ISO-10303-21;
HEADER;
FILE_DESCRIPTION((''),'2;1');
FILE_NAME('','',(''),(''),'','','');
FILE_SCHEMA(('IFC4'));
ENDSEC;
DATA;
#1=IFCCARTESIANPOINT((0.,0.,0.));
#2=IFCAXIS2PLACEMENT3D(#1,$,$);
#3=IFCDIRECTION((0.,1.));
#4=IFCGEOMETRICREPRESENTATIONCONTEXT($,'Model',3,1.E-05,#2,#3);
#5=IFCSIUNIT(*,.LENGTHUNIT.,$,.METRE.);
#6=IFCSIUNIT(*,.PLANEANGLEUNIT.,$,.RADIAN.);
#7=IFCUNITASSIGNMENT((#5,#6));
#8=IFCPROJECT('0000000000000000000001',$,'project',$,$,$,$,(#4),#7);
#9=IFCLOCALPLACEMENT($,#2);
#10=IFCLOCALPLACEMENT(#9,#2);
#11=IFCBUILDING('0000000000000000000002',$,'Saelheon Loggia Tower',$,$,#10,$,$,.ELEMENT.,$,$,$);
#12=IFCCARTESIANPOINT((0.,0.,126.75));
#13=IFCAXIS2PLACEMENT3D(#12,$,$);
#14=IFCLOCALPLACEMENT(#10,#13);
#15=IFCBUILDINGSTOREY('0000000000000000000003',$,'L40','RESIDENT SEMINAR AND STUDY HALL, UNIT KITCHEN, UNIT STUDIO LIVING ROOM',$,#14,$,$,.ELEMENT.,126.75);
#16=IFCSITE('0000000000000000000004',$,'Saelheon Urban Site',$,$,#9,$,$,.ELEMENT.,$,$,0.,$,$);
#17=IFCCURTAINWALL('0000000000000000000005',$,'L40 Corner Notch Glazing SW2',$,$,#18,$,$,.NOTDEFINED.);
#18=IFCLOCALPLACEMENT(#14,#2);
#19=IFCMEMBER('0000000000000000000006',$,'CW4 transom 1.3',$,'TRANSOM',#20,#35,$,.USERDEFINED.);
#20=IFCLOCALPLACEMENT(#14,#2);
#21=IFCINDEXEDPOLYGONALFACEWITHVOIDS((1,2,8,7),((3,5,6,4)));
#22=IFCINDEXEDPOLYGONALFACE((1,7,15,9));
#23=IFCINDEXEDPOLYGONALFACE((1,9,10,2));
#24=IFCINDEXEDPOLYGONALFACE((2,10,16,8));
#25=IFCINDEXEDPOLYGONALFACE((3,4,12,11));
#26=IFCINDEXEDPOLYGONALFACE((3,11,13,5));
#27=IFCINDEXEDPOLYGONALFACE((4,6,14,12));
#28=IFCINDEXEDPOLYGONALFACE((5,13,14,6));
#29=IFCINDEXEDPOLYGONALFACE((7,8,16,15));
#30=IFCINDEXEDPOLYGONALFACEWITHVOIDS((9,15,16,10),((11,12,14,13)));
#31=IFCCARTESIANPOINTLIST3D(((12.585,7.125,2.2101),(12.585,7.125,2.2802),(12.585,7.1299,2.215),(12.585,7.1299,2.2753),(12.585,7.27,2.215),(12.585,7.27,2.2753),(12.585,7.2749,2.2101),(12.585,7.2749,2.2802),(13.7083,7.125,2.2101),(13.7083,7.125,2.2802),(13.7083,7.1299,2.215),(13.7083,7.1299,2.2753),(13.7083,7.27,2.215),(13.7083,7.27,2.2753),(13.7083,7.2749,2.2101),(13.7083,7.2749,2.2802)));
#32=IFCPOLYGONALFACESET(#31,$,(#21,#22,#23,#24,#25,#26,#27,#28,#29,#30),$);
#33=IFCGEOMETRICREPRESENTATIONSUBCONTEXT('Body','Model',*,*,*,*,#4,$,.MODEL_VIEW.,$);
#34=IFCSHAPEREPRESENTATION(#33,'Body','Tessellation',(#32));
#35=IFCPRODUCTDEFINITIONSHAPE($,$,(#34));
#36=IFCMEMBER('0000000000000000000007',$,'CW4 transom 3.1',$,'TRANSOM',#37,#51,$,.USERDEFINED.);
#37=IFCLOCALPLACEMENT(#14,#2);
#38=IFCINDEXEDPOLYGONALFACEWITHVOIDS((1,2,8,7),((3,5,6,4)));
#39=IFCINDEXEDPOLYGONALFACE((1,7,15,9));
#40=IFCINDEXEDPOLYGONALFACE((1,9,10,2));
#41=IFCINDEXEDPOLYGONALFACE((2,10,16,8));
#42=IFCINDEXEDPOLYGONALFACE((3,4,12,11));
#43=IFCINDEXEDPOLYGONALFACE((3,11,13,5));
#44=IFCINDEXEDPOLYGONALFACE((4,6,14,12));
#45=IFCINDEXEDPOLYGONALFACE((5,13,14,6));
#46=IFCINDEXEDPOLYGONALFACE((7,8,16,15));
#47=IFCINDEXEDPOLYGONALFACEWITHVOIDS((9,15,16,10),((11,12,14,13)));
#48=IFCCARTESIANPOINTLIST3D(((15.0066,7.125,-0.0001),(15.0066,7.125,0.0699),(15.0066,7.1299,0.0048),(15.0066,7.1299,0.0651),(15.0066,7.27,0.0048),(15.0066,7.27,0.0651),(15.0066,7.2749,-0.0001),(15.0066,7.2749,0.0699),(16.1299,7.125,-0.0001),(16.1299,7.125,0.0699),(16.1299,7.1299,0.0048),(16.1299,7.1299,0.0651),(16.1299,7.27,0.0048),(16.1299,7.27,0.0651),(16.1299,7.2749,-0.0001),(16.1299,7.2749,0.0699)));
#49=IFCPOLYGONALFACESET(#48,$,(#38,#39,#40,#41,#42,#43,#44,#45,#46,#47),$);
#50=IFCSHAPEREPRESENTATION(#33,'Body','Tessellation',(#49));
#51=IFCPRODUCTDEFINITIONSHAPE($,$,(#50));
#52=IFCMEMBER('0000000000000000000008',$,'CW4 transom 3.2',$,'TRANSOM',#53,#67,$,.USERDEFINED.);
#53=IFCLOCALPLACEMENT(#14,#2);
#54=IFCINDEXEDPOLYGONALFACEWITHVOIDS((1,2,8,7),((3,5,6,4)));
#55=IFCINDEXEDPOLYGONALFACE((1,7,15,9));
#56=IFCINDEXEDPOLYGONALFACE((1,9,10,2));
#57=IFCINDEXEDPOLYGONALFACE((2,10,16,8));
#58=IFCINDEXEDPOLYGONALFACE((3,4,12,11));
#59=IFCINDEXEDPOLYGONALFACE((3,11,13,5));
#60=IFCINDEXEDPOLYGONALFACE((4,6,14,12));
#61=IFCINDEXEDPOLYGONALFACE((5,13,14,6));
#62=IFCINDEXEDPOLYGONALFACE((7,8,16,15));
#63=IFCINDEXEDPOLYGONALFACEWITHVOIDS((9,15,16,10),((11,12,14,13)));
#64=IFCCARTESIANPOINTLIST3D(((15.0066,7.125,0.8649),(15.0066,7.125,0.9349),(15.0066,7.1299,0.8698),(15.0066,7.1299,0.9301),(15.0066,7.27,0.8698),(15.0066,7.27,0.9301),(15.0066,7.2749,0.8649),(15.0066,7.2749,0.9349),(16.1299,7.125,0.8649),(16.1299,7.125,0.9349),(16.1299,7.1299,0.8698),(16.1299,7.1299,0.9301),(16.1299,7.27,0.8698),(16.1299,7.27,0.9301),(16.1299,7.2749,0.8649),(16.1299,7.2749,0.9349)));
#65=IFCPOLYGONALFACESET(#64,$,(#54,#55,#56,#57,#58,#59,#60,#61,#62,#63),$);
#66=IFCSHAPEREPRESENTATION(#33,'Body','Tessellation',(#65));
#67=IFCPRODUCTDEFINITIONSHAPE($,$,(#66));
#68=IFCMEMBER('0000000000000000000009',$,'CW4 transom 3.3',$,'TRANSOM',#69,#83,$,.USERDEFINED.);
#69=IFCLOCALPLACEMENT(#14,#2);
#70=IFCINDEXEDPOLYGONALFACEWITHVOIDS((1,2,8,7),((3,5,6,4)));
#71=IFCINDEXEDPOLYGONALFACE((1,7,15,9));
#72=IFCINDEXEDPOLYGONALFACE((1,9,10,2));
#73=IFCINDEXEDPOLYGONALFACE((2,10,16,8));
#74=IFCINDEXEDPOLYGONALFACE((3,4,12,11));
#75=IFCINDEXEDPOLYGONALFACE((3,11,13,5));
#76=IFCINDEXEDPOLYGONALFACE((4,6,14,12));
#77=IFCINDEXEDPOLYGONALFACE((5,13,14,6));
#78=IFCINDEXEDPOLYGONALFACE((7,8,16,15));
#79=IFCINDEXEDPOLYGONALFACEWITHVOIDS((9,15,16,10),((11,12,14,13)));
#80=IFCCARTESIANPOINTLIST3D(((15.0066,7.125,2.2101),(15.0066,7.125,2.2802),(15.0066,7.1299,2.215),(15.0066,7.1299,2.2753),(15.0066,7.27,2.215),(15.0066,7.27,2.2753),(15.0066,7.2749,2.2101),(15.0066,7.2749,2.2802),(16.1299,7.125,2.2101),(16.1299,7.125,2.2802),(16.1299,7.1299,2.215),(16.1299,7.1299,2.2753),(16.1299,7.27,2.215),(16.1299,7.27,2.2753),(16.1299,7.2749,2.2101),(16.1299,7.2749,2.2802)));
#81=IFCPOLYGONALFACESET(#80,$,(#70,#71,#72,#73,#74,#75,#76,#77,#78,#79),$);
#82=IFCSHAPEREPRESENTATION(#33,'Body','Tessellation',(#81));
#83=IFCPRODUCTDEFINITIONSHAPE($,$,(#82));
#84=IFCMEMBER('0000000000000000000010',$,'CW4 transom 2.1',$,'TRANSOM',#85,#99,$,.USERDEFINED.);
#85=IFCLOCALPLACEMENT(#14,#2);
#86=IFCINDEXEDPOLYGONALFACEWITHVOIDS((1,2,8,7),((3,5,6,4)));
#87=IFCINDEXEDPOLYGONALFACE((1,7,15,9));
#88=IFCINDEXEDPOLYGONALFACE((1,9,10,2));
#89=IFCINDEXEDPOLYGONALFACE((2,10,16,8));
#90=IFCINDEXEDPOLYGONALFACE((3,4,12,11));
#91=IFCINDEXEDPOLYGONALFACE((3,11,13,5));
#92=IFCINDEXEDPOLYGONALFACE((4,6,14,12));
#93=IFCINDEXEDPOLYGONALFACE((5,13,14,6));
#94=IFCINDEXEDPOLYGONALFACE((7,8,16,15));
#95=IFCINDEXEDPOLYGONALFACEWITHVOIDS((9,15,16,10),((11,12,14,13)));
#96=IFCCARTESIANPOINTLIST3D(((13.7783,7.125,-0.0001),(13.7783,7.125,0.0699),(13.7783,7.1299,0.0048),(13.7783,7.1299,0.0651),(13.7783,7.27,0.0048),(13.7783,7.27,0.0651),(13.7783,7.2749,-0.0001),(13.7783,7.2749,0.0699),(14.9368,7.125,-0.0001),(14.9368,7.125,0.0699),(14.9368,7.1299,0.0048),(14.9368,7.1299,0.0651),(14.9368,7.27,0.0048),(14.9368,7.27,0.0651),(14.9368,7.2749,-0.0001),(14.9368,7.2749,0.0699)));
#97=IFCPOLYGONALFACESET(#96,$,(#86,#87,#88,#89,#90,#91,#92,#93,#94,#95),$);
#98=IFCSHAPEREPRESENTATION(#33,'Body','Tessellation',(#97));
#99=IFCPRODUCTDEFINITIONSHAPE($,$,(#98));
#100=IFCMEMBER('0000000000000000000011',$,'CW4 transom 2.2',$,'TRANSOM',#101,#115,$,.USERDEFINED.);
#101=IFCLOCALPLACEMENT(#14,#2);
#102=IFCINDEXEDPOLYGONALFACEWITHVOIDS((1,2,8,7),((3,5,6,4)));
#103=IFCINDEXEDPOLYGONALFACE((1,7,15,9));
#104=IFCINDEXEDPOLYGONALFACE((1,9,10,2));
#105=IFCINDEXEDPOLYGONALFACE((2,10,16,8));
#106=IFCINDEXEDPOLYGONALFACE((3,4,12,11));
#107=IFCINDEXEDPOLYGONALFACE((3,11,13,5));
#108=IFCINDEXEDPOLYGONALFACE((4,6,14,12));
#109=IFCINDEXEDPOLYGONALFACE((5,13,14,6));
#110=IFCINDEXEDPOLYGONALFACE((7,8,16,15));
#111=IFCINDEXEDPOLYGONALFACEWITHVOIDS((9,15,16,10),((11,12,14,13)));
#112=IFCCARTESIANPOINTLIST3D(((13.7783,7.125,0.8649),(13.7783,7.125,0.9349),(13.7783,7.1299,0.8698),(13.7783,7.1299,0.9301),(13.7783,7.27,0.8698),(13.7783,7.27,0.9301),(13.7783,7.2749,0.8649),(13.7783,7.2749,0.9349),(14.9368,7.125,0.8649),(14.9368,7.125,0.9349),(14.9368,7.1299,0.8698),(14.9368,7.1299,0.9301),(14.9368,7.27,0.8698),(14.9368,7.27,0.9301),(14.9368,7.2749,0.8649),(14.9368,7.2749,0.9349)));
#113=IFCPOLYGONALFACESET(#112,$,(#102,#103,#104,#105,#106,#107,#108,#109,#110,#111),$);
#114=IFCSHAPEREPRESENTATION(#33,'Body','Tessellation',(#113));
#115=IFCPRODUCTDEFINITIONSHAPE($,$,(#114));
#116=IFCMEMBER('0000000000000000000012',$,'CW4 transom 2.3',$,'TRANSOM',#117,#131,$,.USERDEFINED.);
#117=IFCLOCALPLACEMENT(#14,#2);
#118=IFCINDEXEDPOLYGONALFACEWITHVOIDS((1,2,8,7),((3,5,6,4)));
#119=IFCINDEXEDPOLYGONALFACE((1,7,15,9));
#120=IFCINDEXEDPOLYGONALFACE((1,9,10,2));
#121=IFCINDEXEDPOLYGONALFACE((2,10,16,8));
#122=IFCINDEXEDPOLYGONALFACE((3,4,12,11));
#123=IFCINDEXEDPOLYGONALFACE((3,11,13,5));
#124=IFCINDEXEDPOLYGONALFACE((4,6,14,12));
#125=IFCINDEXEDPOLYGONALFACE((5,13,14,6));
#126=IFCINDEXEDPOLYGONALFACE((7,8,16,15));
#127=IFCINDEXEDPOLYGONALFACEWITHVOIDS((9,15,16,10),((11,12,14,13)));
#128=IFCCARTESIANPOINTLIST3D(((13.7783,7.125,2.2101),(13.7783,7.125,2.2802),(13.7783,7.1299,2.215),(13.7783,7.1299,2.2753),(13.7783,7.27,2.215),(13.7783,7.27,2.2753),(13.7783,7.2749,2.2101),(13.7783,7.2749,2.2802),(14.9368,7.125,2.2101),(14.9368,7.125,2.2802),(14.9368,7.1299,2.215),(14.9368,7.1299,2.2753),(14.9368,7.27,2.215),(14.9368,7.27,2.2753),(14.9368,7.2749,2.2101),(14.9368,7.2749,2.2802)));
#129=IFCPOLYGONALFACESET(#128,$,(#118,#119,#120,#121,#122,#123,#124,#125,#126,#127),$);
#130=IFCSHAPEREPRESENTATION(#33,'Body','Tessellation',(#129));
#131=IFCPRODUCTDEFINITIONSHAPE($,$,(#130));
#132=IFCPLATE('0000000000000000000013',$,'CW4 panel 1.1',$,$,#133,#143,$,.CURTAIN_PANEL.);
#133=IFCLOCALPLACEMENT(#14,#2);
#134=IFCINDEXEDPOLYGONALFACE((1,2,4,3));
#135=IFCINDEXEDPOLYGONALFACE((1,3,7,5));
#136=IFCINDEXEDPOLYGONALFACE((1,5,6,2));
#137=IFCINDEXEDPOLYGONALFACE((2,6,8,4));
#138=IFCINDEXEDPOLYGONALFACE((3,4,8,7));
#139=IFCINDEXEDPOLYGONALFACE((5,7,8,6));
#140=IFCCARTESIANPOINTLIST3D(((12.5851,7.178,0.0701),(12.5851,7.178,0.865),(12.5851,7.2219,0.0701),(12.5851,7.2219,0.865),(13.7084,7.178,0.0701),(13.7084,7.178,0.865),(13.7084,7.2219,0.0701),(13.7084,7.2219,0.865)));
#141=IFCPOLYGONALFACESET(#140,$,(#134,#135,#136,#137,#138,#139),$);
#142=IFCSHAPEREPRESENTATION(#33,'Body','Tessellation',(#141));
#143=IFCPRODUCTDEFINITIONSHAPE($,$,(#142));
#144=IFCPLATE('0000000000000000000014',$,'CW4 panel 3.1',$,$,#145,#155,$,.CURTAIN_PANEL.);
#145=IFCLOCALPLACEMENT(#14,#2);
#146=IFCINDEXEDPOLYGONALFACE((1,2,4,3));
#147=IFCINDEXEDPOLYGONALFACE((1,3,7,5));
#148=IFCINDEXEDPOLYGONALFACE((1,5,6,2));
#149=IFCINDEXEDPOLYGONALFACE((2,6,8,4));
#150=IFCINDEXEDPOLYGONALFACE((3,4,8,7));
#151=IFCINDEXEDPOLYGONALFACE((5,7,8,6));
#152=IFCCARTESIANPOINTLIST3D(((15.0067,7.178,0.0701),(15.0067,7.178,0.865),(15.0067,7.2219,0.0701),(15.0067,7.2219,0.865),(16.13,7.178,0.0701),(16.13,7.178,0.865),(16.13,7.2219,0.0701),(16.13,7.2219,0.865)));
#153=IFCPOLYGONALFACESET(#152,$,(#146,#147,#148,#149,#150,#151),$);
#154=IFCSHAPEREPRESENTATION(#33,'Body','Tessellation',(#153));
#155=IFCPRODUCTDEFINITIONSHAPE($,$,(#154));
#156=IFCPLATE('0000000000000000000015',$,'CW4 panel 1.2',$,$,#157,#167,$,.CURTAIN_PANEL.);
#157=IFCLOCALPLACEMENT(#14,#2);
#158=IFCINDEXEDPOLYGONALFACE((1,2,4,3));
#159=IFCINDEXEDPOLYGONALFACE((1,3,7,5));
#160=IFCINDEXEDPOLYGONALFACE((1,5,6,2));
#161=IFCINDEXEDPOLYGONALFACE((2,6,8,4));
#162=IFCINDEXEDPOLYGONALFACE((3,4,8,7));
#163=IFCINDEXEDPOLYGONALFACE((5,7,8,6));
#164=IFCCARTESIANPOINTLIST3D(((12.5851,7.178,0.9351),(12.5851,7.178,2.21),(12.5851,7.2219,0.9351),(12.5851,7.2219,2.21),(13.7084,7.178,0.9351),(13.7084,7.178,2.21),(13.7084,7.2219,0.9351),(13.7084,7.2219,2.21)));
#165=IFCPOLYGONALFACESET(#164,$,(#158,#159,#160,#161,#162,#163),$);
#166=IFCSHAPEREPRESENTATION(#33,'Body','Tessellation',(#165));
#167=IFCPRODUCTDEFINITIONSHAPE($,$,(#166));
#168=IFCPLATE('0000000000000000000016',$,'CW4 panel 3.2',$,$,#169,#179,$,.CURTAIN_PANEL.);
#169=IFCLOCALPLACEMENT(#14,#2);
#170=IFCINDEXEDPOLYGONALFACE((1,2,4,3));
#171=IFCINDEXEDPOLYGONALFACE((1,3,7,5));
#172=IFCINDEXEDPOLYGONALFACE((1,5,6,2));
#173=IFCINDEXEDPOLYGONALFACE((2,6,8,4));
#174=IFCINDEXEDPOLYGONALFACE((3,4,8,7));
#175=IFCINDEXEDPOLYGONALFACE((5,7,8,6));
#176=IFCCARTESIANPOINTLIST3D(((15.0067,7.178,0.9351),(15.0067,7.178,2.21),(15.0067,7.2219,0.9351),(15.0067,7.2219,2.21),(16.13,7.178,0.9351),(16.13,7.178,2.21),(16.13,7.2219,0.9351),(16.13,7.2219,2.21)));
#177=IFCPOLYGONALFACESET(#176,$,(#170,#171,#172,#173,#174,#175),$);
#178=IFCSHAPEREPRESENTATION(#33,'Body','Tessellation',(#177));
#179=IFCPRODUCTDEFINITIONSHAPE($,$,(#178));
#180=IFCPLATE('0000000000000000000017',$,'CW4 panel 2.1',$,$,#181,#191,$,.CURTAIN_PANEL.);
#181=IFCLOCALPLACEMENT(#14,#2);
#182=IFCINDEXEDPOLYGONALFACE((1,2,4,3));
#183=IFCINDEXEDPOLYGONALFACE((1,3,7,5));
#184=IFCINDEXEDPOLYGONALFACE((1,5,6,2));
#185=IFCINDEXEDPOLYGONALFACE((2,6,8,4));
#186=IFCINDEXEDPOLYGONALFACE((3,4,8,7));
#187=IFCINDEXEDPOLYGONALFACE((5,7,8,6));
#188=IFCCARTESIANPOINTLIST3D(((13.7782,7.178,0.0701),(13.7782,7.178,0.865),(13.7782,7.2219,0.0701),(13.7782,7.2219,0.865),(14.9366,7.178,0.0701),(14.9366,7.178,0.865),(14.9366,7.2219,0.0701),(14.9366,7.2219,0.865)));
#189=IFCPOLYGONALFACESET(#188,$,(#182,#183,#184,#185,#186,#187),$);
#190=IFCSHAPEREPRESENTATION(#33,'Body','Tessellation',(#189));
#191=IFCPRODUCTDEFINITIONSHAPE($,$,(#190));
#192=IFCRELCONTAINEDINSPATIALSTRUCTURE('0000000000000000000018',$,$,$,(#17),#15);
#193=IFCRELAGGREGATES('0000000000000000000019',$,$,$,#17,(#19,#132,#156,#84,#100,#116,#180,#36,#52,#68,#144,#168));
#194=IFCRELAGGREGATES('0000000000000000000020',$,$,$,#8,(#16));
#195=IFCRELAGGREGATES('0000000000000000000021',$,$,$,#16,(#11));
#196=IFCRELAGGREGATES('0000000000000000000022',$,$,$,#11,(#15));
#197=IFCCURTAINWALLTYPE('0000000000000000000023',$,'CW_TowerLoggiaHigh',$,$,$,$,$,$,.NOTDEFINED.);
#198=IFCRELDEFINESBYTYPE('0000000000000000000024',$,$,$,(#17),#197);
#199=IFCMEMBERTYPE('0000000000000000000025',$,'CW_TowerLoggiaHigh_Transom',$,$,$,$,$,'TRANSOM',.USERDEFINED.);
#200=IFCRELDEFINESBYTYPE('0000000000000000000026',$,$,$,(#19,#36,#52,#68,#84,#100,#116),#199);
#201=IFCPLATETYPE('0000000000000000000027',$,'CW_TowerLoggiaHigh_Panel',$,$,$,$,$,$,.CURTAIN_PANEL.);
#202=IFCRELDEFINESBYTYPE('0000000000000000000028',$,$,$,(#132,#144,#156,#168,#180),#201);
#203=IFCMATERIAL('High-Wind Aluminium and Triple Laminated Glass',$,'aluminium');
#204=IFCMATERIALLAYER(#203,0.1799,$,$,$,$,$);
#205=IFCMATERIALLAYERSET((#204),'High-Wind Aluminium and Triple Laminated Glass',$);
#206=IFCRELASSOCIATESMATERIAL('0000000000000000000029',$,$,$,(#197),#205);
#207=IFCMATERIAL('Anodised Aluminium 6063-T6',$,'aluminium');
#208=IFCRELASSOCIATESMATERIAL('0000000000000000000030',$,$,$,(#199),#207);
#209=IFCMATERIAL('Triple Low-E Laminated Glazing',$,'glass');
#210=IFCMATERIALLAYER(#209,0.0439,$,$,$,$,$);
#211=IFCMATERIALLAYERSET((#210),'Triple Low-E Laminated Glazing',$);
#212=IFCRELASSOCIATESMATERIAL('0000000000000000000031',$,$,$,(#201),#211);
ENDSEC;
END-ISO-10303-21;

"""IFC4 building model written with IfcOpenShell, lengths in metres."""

from ifc_helpers import new_model, si_unit, direction, frame, origin, origin_2d, place, context, subcontext, project, spatial, rectangle, hollow_rectangle, extrude, source, transform, mapped, material, layer, layer_set, material_profile, profile_set, type_object, element, aggregate, save


model = new_model("IFC4")

# Units and contexts
model_context = context("Model", 3, precision=1e-05, world=origin(), true_north=direction((0.0, 1.0)))
body_context = subcontext(model_context, "Body", "Model", "MODEL_VIEW")
ifc_project = project(units=[si_unit("LENGTHUNIT", "METRE"), si_unit("PLANEANGLEUNIT", "RADIAN")], contexts=[model_context])

# Site, building, storey
site_placement = place(None, origin())
site = spatial("IfcSite", under=ifc_project, at=site_placement, Name="Saelheon Urban Site", CompositionType="ELEMENT", RefElevation=0.0)
building_placement = place(site_placement, origin())
building = spatial("IfcBuilding", under=site, at=building_placement, Name="Saelheon Loggia Tower", CompositionType="ELEMENT")
storey_placement = place(building_placement, frame((0.0, 0.0, 126.75)))
storey = spatial("IfcBuildingStorey", under=building, at=storey_placement, Name="L40", Description="RESIDENT SEMINAR AND STUDY HALL, UNIT KITCHEN, UNIT STUDIO LIVING ROOM", CompositionType="ELEMENT", Elevation=126.75)

# Curtain wall, members, plates
ifc_material_1 = material(Name="High-Wind Aluminium and Triple Laminated Glass", Category="aluminium")
ifc_layer_1 = layer(ifc_material_1, 0.1799)
ifc_layer_set_1 = layer_set([ifc_layer_1], Name="High-Wind Aluminium and Triple Laminated Glass")
curtain_wall_type = type_object("IfcCurtainWallType", Name="CW_TowerLoggiaHigh", PredefinedType="NOTDEFINED", material=ifc_layer_set_1)
curtain_wall_placement = place(storey_placement, origin())
curtain_wall = element("IfcCurtainWall", 1, at=curtain_wall_placement, inside=storey, type_object=curtain_wall_type, Name="L40 Corner Notch Glazing SW2", PredefinedType="NOTDEFINED")
ifc_material_2 = material(Name="Anodised Aluminium 6063-T6", Category="aluminium")
ifc_material_profile_1 = material_profile(ifc_material_2, hollow_rectangle(XDim=0.0701, YDim=0.1499, WallThickness=0.0049, at=origin_2d()), Name="RHS-150x70x5")
ifc_profile_set_1 = profile_set([ifc_material_profile_1], Name="Anodised Aluminium 6063-T6")
member_type_1 = type_object("IfcMemberType", Name="CW_TowerLoggiaHigh_Transom", ElementType="TRANSOM", PredefinedType="USERDEFINED", material=ifc_profile_set_1)
shared_shape_1 = source(origin(), body_context, "Body", "SweptSolid", [
    extrude(hollow_rectangle(XDim=0.0701, YDim=0.1499, WallThickness=0.0049, at=origin_2d()), origin(), (0.0, 0.0, 1.0), 1.1233),
])
member_1_placement = place(storey_placement, frame((12.585, 7.2, 2.2451), z_axis=(1.0, 0.0, 0.0), x_axis=(0.0, 0.0, 1.0)))
member_1 = element("IfcMember", 2, at=member_1_placement, type_object=member_type_1, Name="CW4 transom 1.3", ObjectType="TRANSOM", PredefinedType="USERDEFINED", context=body_context, shape_type="MappedRepresentation", body=[
    mapped(shared_shape_1, transform((0.0, 0.0, 0.0), scale=1.0)),
])
member_2_placement = place(storey_placement, frame((15.0066, 7.2, 0.0349), z_axis=(1.0, 0.0, 0.0), x_axis=(0.0, 0.0, 1.0)))
member_2 = element("IfcMember", 3, at=member_2_placement, type_object=member_type_1, Name="CW4 transom 3.1", ObjectType="TRANSOM", PredefinedType="USERDEFINED", context=body_context, shape_type="MappedRepresentation", body=[
    mapped(shared_shape_1, transform((0.0, 0.0, 0.0), scale=1.0)),
])
member_3_placement = place(storey_placement, frame((15.0066, 7.2, 0.8999), z_axis=(1.0, 0.0, 0.0), x_axis=(0.0, 0.0, 1.0)))
member_3 = element("IfcMember", 4, at=member_3_placement, type_object=member_type_1, Name="CW4 transom 3.2", ObjectType="TRANSOM", PredefinedType="USERDEFINED", context=body_context, shape_type="MappedRepresentation", body=[
    mapped(shared_shape_1, transform((0.0, 0.0, 0.0), scale=1.0)),
])
member_4_placement = place(storey_placement, frame((15.0066, 7.2, 2.2451), z_axis=(1.0, 0.0, 0.0), x_axis=(0.0, 0.0, 1.0)))
member_4 = element("IfcMember", 5, at=member_4_placement, type_object=member_type_1, Name="CW4 transom 3.3", ObjectType="TRANSOM", PredefinedType="USERDEFINED", context=body_context, shape_type="MappedRepresentation", body=[
    mapped(shared_shape_1, transform((0.0, 0.0, 0.0), scale=1.0)),
])
shared_shape_2 = source(origin(), body_context, "Body", "SweptSolid", [
    extrude(hollow_rectangle(XDim=0.0701, YDim=0.1499, WallThickness=0.0049, at=origin_2d()), origin(), (0.0, 0.0, 1.0), 1.1584),
])
member_5_placement = place(storey_placement, frame((13.7783, 7.2, 0.0349), z_axis=(1.0, 0.0, 0.0), x_axis=(0.0, 0.0, 1.0)))
member_5 = element("IfcMember", 6, at=member_5_placement, type_object=member_type_1, Name="CW4 transom 2.1", ObjectType="TRANSOM", PredefinedType="USERDEFINED", context=body_context, shape_type="MappedRepresentation", body=[
    mapped(shared_shape_2, transform((0.0, 0.0, 0.0), scale=1.0)),
])
member_6_placement = place(storey_placement, frame((13.7783, 7.2, 0.8999), z_axis=(1.0, 0.0, 0.0), x_axis=(0.0, 0.0, 1.0)))
member_6 = element("IfcMember", 7, at=member_6_placement, type_object=member_type_1, Name="CW4 transom 2.2", ObjectType="TRANSOM", PredefinedType="USERDEFINED", context=body_context, shape_type="MappedRepresentation", body=[
    mapped(shared_shape_2, transform((0.0, 0.0, 0.0), scale=1.0)),
])
member_7_placement = place(storey_placement, frame((13.7783, 7.2, 2.2451), z_axis=(1.0, 0.0, 0.0), x_axis=(0.0, 0.0, 1.0)))
member_7 = element("IfcMember", 8, at=member_7_placement, type_object=member_type_1, Name="CW4 transom 2.3", ObjectType="TRANSOM", PredefinedType="USERDEFINED", context=body_context, shape_type="MappedRepresentation", body=[
    mapped(shared_shape_2, transform((0.0, 0.0, 0.0), scale=1.0)),
])
ifc_material_3 = material(Name="Triple Low-E Laminated Glazing", Category="glass")
ifc_layer_2 = layer(ifc_material_3, 0.0439)
ifc_layer_set_2 = layer_set([ifc_layer_2], Name="Triple Low-E Laminated Glazing")
plate_type = type_object("IfcPlateType", Name="CW_TowerLoggiaHigh_Panel", PredefinedType="CURTAIN_PANEL", material=ifc_layer_set_2)
shared_shape_3 = source(origin(), body_context, "Body", "SweptSolid", [
    extrude(rectangle(XDim=1.1233, YDim=0.0439, at=origin_2d()), origin(), (0.0, 0.0, 1.0), 0.7949),
])
plate_1_placement = place(storey_placement, frame((13.1467, 7.2, 0.0701), z_axis=(0.0, 0.0, 1.0), x_axis=(1.0, 0.0, 0.0)))
plate_1 = element("IfcPlate", 9, at=plate_1_placement, type_object=plate_type, Name="CW4 panel 1.1", PredefinedType="CURTAIN_PANEL", context=body_context, shape_type="MappedRepresentation", body=[
    mapped(shared_shape_3, transform((0.0, 0.0, 0.0), scale=1.0)),
])
plate_2_placement = place(storey_placement, frame((15.5684, 7.2, 0.0701), z_axis=(0.0, 0.0, 1.0), x_axis=(1.0, 0.0, 0.0)))
plate_2 = element("IfcPlate", 10, at=plate_2_placement, type_object=plate_type, Name="CW4 panel 3.1", PredefinedType="CURTAIN_PANEL", context=body_context, shape_type="MappedRepresentation", body=[
    mapped(shared_shape_3, transform((0.0, 0.0, 0.0), scale=1.0)),
])
shared_shape_4 = source(origin(), body_context, "Body", "SweptSolid", [
    extrude(rectangle(XDim=1.1233, YDim=0.0439, at=origin_2d()), origin(), (0.0, 0.0, 1.0), 1.2749),
])
plate_3_placement = place(storey_placement, frame((13.1467, 7.2, 0.9351), z_axis=(0.0, 0.0, 1.0), x_axis=(1.0, 0.0, 0.0)))
plate_3 = element("IfcPlate", 11, at=plate_3_placement, type_object=plate_type, Name="CW4 panel 1.2", PredefinedType="CURTAIN_PANEL", context=body_context, shape_type="MappedRepresentation", body=[
    mapped(shared_shape_4, transform((0.0, 0.0, 0.0), scale=1.0)),
])
plate_4_placement = place(storey_placement, frame((15.5684, 7.2, 0.9351), z_axis=(0.0, 0.0, 1.0), x_axis=(1.0, 0.0, 0.0)))
plate_4 = element("IfcPlate", 12, at=plate_4_placement, type_object=plate_type, Name="CW4 panel 3.2", PredefinedType="CURTAIN_PANEL", context=body_context, shape_type="MappedRepresentation", body=[
    mapped(shared_shape_4, transform((0.0, 0.0, 0.0), scale=1.0)),
])
shared_shape_5 = source(origin(), body_context, "Body", "SweptSolid", [
    extrude(rectangle(XDim=1.1584, YDim=0.0439, at=origin_2d()), origin(), (0.0, 0.0, 1.0), 0.7949),
])
plate_5_placement = place(storey_placement, frame((14.3574, 7.2, 0.0701), z_axis=(0.0, 0.0, 1.0), x_axis=(1.0, 0.0, 0.0)))
plate_5 = element("IfcPlate", 13, at=plate_5_placement, type_object=plate_type, Name="CW4 panel 2.1", PredefinedType="CURTAIN_PANEL", context=body_context, shape_type="MappedRepresentation", body=[
    mapped(shared_shape_5, transform((0.0, 0.0, 0.0), scale=1.0)),
])
aggregate(curtain_wall, [member_1, plate_1, plate_3, member_5, member_6, member_7, plate_5, member_2, member_3, member_4, plate_2, plate_4])

save(model, "model.ifc")
